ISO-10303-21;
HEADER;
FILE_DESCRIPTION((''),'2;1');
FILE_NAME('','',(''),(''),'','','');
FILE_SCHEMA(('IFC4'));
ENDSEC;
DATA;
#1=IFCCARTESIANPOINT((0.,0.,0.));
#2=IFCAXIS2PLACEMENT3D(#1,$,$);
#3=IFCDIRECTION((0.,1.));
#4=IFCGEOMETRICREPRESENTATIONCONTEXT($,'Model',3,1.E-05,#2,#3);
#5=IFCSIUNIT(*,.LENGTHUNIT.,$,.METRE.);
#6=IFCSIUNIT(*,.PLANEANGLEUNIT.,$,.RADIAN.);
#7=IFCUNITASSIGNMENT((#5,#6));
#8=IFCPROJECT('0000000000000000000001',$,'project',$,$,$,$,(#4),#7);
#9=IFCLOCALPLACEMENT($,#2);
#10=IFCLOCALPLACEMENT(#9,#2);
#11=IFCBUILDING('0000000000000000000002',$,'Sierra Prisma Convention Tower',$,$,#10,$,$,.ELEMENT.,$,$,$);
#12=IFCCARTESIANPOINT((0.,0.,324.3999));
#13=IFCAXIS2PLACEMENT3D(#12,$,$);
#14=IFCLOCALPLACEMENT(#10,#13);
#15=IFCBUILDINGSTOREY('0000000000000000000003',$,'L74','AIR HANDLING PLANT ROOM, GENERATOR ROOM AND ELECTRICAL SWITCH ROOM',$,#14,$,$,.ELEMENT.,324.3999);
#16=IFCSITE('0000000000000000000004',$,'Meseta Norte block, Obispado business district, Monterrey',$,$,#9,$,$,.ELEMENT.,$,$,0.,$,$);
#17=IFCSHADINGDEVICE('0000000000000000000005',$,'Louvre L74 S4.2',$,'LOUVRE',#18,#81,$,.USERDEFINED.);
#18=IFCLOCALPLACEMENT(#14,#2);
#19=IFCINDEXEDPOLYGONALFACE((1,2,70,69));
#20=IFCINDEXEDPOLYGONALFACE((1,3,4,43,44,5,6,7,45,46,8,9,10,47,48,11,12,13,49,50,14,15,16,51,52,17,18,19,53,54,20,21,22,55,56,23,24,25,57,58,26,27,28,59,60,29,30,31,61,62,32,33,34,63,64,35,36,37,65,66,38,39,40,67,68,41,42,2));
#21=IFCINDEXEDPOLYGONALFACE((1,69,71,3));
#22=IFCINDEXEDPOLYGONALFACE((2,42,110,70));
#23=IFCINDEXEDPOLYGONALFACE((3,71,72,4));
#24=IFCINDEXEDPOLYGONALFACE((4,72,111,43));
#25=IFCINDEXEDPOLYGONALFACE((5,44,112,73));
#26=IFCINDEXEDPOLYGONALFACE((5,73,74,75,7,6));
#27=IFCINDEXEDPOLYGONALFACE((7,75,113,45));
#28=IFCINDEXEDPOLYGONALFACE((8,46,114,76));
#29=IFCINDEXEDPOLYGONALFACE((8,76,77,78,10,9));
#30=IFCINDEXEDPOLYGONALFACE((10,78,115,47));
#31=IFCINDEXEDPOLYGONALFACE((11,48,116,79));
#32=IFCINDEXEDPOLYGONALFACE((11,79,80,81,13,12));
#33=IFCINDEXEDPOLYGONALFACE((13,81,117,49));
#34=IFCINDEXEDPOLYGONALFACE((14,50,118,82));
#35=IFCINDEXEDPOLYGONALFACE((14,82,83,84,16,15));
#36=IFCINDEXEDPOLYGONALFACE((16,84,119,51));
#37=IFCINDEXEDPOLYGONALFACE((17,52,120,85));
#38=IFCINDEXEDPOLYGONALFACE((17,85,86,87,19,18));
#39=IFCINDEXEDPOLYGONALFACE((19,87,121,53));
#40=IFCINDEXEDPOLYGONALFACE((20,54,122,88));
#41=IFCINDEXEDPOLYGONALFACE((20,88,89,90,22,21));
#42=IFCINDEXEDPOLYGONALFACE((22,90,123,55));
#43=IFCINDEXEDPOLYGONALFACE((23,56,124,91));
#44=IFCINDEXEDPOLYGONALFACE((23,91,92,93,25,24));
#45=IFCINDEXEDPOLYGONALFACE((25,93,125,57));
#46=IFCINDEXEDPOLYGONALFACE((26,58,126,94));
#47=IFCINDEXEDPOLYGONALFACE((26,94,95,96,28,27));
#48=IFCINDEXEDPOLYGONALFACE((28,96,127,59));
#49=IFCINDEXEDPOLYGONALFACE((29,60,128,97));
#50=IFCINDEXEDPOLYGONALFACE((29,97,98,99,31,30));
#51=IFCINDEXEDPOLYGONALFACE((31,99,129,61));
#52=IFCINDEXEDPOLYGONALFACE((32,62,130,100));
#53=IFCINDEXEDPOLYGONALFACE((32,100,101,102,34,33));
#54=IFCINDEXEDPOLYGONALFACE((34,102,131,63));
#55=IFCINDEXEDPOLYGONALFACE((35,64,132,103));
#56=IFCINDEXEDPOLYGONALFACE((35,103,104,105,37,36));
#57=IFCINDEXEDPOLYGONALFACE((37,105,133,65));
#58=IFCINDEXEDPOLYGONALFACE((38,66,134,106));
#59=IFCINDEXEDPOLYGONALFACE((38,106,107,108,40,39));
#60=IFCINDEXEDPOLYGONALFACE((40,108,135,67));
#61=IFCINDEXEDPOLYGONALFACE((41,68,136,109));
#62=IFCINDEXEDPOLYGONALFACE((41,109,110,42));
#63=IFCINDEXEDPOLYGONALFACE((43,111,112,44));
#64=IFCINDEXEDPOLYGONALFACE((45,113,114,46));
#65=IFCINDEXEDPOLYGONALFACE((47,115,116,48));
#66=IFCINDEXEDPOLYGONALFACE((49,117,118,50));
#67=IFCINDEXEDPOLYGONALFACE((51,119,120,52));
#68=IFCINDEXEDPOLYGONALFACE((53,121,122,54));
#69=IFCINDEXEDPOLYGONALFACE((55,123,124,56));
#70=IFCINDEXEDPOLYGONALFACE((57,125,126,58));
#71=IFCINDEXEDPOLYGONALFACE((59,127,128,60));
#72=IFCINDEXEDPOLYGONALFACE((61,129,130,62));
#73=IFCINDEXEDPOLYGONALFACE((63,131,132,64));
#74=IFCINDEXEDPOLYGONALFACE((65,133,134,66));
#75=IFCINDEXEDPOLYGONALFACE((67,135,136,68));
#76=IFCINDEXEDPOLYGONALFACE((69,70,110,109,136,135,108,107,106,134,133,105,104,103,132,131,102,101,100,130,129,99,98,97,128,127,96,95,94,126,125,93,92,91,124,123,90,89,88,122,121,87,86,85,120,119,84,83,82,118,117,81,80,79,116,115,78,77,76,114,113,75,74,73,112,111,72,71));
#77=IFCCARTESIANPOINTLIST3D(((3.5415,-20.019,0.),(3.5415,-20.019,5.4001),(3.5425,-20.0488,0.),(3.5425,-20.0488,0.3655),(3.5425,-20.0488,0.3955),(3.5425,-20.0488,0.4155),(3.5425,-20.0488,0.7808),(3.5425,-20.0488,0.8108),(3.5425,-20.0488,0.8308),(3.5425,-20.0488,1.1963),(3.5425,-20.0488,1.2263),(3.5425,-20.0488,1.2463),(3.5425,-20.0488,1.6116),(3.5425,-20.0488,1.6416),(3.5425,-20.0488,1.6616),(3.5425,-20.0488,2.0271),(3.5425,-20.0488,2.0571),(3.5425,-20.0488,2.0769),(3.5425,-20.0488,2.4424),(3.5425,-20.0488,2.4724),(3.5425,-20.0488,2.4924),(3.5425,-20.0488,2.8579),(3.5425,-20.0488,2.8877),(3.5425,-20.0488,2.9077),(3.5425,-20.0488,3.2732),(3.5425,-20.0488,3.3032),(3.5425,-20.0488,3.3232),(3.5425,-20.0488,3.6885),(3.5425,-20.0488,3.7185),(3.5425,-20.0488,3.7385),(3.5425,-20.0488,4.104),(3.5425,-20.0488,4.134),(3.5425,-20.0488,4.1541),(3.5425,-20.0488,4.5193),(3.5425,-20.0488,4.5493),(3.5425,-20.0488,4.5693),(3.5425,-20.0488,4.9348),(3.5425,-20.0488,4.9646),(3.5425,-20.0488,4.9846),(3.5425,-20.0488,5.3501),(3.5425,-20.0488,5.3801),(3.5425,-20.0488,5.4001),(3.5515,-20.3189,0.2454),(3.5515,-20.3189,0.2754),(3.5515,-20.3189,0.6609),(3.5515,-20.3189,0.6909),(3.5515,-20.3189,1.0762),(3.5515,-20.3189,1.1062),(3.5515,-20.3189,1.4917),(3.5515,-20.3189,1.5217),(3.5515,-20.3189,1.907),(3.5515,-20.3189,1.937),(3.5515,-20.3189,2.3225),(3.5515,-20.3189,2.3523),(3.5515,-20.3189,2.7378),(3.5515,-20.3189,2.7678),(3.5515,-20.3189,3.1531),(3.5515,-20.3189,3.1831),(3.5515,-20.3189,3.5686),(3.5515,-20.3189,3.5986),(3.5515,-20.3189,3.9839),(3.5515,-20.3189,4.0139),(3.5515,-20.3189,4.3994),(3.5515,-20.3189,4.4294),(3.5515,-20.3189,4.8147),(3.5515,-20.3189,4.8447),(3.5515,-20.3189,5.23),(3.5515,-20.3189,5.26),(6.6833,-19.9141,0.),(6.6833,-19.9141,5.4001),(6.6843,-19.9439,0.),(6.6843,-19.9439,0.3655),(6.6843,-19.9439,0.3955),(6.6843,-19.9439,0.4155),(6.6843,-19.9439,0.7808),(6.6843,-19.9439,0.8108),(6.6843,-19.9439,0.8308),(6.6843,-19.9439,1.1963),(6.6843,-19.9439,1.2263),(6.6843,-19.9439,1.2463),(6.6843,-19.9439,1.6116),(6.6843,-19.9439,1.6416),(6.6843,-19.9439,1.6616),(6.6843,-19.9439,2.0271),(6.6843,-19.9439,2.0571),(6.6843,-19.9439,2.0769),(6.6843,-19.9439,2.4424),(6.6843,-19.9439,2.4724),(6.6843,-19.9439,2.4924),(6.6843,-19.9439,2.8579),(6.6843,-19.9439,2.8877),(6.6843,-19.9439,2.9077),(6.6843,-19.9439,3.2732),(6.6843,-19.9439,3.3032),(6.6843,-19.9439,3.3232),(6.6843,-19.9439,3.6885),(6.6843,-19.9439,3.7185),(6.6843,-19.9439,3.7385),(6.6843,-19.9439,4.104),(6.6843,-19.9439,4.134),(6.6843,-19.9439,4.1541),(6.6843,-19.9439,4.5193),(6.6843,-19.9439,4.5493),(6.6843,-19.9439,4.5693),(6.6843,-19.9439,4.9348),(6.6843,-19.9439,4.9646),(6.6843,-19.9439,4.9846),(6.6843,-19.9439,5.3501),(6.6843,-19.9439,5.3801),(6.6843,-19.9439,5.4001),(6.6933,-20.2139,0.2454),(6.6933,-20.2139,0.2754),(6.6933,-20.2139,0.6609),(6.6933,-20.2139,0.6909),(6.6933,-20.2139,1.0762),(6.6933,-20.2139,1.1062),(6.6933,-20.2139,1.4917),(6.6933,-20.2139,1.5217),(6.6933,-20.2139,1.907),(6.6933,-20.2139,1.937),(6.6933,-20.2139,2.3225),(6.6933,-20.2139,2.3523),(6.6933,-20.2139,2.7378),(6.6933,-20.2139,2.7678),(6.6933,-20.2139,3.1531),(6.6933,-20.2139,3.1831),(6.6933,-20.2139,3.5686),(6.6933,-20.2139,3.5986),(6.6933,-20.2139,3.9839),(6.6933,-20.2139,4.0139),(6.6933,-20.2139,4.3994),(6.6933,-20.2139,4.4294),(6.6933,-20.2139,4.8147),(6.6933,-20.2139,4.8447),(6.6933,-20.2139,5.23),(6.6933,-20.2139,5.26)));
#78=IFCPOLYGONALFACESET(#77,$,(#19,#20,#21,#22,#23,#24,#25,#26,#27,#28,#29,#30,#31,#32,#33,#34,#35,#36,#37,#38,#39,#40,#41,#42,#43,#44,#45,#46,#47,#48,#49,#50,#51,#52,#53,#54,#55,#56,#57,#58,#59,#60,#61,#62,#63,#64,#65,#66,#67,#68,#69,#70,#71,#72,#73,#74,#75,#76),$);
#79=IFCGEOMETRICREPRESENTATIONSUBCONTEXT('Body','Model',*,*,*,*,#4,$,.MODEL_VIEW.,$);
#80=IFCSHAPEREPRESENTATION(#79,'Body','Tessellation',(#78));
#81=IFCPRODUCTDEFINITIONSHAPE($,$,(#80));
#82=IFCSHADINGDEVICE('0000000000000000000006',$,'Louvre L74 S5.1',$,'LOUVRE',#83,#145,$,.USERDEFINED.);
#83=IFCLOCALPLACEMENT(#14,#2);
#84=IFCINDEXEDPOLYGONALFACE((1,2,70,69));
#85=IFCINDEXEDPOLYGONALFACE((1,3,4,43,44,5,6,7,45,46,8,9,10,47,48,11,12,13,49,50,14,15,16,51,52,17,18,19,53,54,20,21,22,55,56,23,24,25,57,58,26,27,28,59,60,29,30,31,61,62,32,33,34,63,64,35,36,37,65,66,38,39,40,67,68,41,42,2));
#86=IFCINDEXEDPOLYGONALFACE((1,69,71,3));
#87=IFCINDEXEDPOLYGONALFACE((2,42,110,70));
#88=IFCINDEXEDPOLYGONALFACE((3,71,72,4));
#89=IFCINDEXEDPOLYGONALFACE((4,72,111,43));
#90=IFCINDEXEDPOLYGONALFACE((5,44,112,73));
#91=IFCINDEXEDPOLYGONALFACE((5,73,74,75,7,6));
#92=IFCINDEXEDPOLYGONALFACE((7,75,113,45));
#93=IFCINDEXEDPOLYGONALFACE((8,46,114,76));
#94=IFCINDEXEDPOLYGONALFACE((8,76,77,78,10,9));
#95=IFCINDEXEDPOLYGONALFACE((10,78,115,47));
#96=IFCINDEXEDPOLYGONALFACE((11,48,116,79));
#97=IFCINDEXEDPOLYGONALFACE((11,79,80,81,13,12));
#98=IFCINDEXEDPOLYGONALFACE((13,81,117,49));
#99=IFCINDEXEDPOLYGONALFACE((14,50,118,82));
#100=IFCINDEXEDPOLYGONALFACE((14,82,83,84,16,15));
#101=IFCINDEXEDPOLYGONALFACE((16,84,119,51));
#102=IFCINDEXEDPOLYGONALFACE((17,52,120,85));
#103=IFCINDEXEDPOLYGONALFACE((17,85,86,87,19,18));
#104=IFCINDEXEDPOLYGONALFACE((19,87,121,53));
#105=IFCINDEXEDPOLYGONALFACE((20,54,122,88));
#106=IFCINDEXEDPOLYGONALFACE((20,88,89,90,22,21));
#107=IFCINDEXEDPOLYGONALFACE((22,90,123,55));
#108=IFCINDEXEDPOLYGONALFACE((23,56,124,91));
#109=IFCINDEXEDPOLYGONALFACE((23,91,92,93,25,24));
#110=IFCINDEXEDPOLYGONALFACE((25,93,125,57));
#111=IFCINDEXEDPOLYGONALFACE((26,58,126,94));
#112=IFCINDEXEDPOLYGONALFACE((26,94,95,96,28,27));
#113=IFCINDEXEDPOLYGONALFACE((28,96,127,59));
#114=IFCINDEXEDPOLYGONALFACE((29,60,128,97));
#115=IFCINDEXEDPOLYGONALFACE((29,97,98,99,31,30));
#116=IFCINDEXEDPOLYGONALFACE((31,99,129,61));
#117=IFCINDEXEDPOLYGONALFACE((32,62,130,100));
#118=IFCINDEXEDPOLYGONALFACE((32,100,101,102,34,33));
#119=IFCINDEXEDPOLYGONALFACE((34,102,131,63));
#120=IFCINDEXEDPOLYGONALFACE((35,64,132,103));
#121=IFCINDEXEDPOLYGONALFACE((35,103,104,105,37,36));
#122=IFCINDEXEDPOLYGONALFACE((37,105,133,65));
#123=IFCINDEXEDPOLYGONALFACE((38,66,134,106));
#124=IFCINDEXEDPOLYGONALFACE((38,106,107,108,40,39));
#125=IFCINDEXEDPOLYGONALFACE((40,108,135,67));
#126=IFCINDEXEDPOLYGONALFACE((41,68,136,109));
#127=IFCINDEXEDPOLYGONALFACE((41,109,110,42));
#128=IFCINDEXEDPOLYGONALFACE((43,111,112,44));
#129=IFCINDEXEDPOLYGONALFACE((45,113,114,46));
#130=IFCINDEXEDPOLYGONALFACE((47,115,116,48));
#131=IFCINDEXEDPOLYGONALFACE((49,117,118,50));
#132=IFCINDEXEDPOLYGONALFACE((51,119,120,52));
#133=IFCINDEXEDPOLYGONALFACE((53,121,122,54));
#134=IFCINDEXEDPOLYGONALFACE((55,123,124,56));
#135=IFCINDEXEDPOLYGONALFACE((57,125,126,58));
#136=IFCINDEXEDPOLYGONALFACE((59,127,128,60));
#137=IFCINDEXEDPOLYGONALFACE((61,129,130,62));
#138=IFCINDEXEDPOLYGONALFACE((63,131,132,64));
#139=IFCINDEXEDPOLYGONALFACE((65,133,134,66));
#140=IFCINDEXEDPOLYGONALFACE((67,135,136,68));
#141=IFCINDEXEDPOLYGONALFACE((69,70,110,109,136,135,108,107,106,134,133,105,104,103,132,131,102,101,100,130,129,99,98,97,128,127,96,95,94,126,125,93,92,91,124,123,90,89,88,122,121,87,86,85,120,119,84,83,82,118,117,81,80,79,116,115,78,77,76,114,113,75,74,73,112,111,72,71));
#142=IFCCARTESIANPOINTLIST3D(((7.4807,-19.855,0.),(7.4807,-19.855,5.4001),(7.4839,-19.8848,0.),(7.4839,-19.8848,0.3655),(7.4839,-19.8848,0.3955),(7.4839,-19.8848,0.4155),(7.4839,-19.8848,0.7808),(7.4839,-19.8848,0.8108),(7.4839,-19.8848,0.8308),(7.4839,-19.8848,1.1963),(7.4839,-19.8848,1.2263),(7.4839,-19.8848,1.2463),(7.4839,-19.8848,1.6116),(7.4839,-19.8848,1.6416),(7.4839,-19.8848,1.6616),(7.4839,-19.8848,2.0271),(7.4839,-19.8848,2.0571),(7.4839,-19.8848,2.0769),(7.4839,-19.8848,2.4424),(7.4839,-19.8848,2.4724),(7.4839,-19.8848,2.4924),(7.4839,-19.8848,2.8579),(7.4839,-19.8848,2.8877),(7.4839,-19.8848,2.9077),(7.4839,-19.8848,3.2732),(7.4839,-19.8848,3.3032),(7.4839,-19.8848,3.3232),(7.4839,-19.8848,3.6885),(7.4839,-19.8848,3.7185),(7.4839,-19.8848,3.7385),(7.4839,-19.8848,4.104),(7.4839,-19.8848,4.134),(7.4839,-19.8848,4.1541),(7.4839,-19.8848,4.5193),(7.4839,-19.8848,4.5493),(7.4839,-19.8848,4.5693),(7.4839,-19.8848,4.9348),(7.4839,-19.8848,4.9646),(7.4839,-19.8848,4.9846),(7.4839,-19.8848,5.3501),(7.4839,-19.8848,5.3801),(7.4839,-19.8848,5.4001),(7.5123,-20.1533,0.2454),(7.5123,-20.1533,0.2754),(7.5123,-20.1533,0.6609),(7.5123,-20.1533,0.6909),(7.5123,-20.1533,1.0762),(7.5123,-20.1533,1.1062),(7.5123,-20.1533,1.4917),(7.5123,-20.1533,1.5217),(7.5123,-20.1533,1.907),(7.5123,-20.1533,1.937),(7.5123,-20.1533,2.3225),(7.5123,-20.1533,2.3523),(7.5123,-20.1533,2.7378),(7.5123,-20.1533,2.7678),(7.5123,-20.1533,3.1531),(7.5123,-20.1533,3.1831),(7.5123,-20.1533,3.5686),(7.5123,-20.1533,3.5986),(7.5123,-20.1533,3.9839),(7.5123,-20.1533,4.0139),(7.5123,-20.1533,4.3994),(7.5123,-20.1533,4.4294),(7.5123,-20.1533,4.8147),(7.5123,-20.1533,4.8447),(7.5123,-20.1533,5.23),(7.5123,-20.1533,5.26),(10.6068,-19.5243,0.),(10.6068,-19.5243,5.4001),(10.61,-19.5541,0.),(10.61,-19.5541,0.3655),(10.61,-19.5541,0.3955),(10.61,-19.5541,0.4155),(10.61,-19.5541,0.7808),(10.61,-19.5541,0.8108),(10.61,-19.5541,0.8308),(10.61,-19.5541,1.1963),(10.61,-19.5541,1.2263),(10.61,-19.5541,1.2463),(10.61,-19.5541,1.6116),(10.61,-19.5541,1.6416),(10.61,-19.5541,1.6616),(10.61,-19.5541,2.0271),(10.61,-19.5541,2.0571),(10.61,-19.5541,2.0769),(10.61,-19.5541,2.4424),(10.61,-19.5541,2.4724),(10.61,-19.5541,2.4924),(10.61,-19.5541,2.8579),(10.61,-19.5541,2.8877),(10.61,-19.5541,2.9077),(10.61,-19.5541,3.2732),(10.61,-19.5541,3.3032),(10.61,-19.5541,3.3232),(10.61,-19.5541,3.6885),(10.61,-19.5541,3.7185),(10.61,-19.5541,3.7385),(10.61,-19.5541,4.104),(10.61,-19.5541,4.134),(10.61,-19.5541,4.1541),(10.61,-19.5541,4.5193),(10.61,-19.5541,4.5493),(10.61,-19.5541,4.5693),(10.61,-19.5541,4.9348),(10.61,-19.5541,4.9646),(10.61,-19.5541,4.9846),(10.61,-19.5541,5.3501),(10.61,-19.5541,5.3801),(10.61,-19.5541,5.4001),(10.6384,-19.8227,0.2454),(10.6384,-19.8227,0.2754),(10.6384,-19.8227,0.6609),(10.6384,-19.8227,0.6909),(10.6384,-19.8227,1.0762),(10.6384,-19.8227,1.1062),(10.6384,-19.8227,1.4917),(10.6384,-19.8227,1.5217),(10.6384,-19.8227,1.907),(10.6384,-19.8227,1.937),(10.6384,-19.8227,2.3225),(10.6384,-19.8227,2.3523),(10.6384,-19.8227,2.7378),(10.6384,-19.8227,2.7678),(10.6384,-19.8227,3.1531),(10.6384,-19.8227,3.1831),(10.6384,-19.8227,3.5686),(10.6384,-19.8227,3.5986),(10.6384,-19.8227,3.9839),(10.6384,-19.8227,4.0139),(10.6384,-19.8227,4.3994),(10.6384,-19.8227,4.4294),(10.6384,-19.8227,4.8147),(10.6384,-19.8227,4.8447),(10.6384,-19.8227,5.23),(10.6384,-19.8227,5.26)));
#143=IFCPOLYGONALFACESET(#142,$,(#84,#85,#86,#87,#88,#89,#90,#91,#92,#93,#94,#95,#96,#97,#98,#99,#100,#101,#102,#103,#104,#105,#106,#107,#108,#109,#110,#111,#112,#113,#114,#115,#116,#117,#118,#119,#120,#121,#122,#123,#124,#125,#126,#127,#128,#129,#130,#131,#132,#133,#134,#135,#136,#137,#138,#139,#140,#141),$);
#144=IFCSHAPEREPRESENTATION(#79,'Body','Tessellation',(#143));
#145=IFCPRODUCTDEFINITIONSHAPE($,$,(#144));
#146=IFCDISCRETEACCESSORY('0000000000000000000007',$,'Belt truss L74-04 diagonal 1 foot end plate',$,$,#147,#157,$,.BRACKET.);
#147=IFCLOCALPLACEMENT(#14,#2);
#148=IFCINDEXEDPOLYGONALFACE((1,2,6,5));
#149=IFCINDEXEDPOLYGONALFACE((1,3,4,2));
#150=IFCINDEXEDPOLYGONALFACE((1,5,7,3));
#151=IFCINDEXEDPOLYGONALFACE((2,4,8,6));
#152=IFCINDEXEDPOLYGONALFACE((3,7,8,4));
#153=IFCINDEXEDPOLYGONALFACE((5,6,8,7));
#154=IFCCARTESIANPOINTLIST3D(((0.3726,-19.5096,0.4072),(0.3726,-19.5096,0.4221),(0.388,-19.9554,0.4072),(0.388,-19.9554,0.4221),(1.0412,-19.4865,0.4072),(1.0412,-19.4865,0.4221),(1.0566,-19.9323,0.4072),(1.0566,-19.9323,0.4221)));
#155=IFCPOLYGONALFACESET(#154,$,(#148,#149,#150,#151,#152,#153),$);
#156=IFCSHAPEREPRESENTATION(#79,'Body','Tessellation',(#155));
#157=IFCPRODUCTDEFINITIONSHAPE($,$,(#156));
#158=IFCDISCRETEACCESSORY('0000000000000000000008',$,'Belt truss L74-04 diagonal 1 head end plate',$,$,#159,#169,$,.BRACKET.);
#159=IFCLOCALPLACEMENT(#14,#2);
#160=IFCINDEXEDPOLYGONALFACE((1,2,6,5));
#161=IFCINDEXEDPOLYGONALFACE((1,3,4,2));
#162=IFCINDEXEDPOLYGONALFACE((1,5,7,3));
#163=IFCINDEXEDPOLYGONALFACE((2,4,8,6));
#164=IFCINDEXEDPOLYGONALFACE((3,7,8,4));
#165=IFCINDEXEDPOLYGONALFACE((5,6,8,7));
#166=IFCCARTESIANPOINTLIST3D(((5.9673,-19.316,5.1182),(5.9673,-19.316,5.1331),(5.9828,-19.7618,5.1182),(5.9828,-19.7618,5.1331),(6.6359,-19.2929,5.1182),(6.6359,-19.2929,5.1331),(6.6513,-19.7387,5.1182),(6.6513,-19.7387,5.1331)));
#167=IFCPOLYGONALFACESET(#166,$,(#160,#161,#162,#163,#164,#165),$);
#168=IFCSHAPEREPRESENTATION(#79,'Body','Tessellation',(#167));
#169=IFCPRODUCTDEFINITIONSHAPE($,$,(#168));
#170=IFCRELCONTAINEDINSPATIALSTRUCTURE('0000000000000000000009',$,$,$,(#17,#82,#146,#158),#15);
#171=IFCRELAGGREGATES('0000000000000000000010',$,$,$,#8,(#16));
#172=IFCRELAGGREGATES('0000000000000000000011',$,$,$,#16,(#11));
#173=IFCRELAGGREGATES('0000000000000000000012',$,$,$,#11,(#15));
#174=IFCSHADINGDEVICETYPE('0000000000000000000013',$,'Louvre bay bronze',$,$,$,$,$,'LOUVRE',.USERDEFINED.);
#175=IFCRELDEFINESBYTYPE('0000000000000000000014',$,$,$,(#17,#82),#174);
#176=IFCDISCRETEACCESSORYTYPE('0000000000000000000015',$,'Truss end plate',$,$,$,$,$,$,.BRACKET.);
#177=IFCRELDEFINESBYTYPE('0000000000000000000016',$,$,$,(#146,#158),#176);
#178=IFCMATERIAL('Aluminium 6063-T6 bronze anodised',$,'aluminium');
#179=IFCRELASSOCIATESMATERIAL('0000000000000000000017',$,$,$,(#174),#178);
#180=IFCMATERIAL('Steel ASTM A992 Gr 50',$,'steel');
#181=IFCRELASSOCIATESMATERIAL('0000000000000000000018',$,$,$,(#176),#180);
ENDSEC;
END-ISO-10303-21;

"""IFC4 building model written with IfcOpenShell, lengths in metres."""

from ifc_helpers import new_model, si_unit, direction, frame, origin, origin_2d, place, context, subcontext, project, spatial, polyline, rectangle, outline, extrude, material, type_object, element, save


model = new_model("IFC4")

# Units and contexts
model_context = context("Model", 3, precision=1e-05, world=origin(), true_north=direction((0.0, 1.0)))
body_context = subcontext(model_context, "Body", "Model", "MODEL_VIEW")
ifc_project = project(units=[si_unit("LENGTHUNIT", "METRE"), si_unit("PLANEANGLEUNIT", "RADIAN")], contexts=[model_context])

# Site, building, storey
site_placement = place(None, origin())
site = spatial("IfcSite", under=ifc_project, at=site_placement, Name="Meseta Norte block, Obispado business district, Monterrey", CompositionType="ELEMENT", RefElevation=0.0)
building_placement = place(site_placement, origin())
building = spatial("IfcBuilding", under=site, at=building_placement, Name="Sierra Prisma Convention Tower", CompositionType="ELEMENT")
storey_placement = place(building_placement, frame((0.0, 0.0, 324.3999)))
storey = spatial("IfcBuildingStorey", under=building, at=storey_placement, Name="L74", Description="AIR HANDLING PLANT ROOM, GENERATOR ROOM AND ELECTRICAL SWITCH ROOM", CompositionType="ELEMENT", Elevation=324.3999)

# Shading devices
ifc_material_1 = material(Name="Aluminium 6063-T6 bronze anodised", Category="aluminium")
shading_device_type = type_object("IfcShadingDeviceType", Name="Louvre bay bronze", ElementType="LOUVRE", PredefinedType="USERDEFINED", material=ifc_material_1)
shading_device_1_placement = place(storey_placement, frame((3.5415, -20.019, 0.0), z_axis=(-0.999442, -0.03339, 0.0), x_axis=(0.0, 0.0, 1.0)))
element("IfcShadingDevice", 1, at=shading_device_1_placement, inside=storey, type_object=shading_device_type, Name="Louvre L74 S4.2", ObjectType="LOUVRE", PredefinedType="USERDEFINED", context=body_context, shape_type="SweptSolid", body=[
    extrude(outline(polyline([(0.0, 0.0), (5.4001, 0.0), (5.4001, -0.0298), (5.3801, -0.0298), (5.26, -0.3), (5.23, -0.3), (5.3501, -0.0298), (4.9846, -0.0298), (4.9646, -0.0298), (4.8447, -0.3), (4.8147, -0.3), (4.9348, -0.0298), (4.5693, -0.0298), (4.5493, -0.0298), (4.4294, -0.3), (4.3994, -0.3), (4.5193, -0.0298), (4.1541, -0.0298), (4.134, -0.0298), (4.0139, -0.3), (3.9839, -0.3), (4.104, -0.0298), (3.7385, -0.0298), (3.7185, -0.0298), (3.5986, -0.3), (3.5686, -0.3), (3.6885, -0.0298), (3.3232, -0.0298), (3.3032, -0.0298), (3.1831, -0.3), (3.1531, -0.3), (3.2732, -0.0298), (2.9077, -0.0298), (2.8877, -0.0298), (2.7678, -0.3), (2.7378, -0.3), (2.8579, -0.0298), (2.4924, -0.0298), (2.4724, -0.0298), (2.3523, -0.3), (2.3225, -0.3), (2.4424, -0.0298), (2.0769, -0.0298), (2.0571, -0.0298), (1.937, -0.3), (1.907, -0.3), (2.0271, -0.0298), (1.6616, -0.0298), (1.6416, -0.0298), (1.5217, -0.3), (1.4917, -0.3), (1.6116, -0.0298), (1.2463, -0.0298), (1.2263, -0.0298), (1.1062, -0.3), (1.0762, -0.3), (1.1963, -0.0298), (0.8308, -0.0298), (0.8108, -0.0298), (0.6909, -0.3), (0.6609, -0.3), (0.7808, -0.0298), (0.4155, -0.0298), (0.3955, -0.0298), (0.2754, -0.3), (0.2454, -0.3), (0.3655, -0.0298), (0.0, -0.0298), (0.0, 0.0)])), origin(), (0.0, 0.0, -1.0), 3.1436),
])
shading_device_2_placement = place(storey_placement, frame((7.4807, -19.855, 0.0), z_axis=(-0.994453, -0.105177, 0.0), x_axis=(0.0, 0.0, 1.0)))
element("IfcShadingDevice", 2, at=shading_device_2_placement, inside=storey, type_object=shading_device_type, Name="Louvre L74 S5.1", ObjectType="LOUVRE", PredefinedType="USERDEFINED", context=body_context, shape_type="SweptSolid", body=[
    extrude(outline(polyline([(0.0, 0.0), (5.4001, 0.0), (5.4001, -0.03), (5.3801, -0.03), (5.26, -0.3), (5.23, -0.3), (5.3501, -0.03), (4.9846, -0.03), (4.9646, -0.03), (4.8447, -0.3), (4.8147, -0.3), (4.9348, -0.03), (4.5693, -0.03), (4.5493, -0.03), (4.4294, -0.3), (4.3994, -0.3), (4.5193, -0.03), (4.1541, -0.03), (4.134, -0.03), (4.0139, -0.3), (3.9839, -0.3), (4.104, -0.03), (3.7385, -0.03), (3.7185, -0.03), (3.5986, -0.3), (3.5686, -0.3), (3.6885, -0.03), (3.3232, -0.03), (3.3032, -0.03), (3.1831, -0.3), (3.1531, -0.3), (3.2732, -0.03), (2.9077, -0.03), (2.8877, -0.03), (2.7678, -0.3), (2.7378, -0.3), (2.8579, -0.03), (2.4924, -0.03), (2.4724, -0.03), (2.3523, -0.3), (2.3225, -0.3), (2.4424, -0.03), (2.0769, -0.03), (2.0571, -0.03), (1.937, -0.3), (1.907, -0.3), (2.0271, -0.03), (1.6616, -0.03), (1.6416, -0.03), (1.5217, -0.3), (1.4917, -0.3), (1.6116, -0.03), (1.2463, -0.03), (1.2263, -0.03), (1.1062, -0.3), (1.0762, -0.3), (1.1963, -0.03), (0.8308, -0.03), (0.8108, -0.03), (0.6909, -0.3), (0.6609, -0.3), (0.7808, -0.03), (0.4155, -0.03), (0.3955, -0.03), (0.2754, -0.3), (0.2454, -0.3), (0.3655, -0.03), (0.0, -0.03), (0.0, 0.0)])), origin(), (0.0, 0.0, -1.0), 3.1436),
])

# Discrete accessories
ifc_material_2 = material(Name="Steel ASTM A992 Gr 50", Category="steel")
discrete_accessory_type = type_object("IfcDiscreteAccessoryType", Name="Truss end plate", PredefinedType="BRACKET", material=ifc_material_2)
for number, where, z_axis, x_axis, name in (
    (3, (0.7146, -19.7209, 0.4072), (0.0, 0.0, 1.0), (0.999402, 0.034589, 0.0), "Belt truss L74-04 diagonal 1 foot end plate"),
    (4, (6.3093, -19.5273, 5.1182), (0.0, 0.0, 1.0), (0.999402, 0.034589, 0.0), "Belt truss L74-04 diagonal 1 head end plate"),
):
    element("IfcDiscreteAccessory", number, at=place(storey_placement, frame(where, z_axis=z_axis, x_axis=x_axis)), inside=storey, type_object=discrete_accessory_type, Name=name, PredefinedType="BRACKET", context=body_context, shape_type="SweptSolid", body=[
        extrude(rectangle(XDim=0.6689, YDim=0.446, at=origin_2d()), origin(), (0.0, 0.0, 1.0), 0.0149),
    ])

save(model, "model.ifc")
